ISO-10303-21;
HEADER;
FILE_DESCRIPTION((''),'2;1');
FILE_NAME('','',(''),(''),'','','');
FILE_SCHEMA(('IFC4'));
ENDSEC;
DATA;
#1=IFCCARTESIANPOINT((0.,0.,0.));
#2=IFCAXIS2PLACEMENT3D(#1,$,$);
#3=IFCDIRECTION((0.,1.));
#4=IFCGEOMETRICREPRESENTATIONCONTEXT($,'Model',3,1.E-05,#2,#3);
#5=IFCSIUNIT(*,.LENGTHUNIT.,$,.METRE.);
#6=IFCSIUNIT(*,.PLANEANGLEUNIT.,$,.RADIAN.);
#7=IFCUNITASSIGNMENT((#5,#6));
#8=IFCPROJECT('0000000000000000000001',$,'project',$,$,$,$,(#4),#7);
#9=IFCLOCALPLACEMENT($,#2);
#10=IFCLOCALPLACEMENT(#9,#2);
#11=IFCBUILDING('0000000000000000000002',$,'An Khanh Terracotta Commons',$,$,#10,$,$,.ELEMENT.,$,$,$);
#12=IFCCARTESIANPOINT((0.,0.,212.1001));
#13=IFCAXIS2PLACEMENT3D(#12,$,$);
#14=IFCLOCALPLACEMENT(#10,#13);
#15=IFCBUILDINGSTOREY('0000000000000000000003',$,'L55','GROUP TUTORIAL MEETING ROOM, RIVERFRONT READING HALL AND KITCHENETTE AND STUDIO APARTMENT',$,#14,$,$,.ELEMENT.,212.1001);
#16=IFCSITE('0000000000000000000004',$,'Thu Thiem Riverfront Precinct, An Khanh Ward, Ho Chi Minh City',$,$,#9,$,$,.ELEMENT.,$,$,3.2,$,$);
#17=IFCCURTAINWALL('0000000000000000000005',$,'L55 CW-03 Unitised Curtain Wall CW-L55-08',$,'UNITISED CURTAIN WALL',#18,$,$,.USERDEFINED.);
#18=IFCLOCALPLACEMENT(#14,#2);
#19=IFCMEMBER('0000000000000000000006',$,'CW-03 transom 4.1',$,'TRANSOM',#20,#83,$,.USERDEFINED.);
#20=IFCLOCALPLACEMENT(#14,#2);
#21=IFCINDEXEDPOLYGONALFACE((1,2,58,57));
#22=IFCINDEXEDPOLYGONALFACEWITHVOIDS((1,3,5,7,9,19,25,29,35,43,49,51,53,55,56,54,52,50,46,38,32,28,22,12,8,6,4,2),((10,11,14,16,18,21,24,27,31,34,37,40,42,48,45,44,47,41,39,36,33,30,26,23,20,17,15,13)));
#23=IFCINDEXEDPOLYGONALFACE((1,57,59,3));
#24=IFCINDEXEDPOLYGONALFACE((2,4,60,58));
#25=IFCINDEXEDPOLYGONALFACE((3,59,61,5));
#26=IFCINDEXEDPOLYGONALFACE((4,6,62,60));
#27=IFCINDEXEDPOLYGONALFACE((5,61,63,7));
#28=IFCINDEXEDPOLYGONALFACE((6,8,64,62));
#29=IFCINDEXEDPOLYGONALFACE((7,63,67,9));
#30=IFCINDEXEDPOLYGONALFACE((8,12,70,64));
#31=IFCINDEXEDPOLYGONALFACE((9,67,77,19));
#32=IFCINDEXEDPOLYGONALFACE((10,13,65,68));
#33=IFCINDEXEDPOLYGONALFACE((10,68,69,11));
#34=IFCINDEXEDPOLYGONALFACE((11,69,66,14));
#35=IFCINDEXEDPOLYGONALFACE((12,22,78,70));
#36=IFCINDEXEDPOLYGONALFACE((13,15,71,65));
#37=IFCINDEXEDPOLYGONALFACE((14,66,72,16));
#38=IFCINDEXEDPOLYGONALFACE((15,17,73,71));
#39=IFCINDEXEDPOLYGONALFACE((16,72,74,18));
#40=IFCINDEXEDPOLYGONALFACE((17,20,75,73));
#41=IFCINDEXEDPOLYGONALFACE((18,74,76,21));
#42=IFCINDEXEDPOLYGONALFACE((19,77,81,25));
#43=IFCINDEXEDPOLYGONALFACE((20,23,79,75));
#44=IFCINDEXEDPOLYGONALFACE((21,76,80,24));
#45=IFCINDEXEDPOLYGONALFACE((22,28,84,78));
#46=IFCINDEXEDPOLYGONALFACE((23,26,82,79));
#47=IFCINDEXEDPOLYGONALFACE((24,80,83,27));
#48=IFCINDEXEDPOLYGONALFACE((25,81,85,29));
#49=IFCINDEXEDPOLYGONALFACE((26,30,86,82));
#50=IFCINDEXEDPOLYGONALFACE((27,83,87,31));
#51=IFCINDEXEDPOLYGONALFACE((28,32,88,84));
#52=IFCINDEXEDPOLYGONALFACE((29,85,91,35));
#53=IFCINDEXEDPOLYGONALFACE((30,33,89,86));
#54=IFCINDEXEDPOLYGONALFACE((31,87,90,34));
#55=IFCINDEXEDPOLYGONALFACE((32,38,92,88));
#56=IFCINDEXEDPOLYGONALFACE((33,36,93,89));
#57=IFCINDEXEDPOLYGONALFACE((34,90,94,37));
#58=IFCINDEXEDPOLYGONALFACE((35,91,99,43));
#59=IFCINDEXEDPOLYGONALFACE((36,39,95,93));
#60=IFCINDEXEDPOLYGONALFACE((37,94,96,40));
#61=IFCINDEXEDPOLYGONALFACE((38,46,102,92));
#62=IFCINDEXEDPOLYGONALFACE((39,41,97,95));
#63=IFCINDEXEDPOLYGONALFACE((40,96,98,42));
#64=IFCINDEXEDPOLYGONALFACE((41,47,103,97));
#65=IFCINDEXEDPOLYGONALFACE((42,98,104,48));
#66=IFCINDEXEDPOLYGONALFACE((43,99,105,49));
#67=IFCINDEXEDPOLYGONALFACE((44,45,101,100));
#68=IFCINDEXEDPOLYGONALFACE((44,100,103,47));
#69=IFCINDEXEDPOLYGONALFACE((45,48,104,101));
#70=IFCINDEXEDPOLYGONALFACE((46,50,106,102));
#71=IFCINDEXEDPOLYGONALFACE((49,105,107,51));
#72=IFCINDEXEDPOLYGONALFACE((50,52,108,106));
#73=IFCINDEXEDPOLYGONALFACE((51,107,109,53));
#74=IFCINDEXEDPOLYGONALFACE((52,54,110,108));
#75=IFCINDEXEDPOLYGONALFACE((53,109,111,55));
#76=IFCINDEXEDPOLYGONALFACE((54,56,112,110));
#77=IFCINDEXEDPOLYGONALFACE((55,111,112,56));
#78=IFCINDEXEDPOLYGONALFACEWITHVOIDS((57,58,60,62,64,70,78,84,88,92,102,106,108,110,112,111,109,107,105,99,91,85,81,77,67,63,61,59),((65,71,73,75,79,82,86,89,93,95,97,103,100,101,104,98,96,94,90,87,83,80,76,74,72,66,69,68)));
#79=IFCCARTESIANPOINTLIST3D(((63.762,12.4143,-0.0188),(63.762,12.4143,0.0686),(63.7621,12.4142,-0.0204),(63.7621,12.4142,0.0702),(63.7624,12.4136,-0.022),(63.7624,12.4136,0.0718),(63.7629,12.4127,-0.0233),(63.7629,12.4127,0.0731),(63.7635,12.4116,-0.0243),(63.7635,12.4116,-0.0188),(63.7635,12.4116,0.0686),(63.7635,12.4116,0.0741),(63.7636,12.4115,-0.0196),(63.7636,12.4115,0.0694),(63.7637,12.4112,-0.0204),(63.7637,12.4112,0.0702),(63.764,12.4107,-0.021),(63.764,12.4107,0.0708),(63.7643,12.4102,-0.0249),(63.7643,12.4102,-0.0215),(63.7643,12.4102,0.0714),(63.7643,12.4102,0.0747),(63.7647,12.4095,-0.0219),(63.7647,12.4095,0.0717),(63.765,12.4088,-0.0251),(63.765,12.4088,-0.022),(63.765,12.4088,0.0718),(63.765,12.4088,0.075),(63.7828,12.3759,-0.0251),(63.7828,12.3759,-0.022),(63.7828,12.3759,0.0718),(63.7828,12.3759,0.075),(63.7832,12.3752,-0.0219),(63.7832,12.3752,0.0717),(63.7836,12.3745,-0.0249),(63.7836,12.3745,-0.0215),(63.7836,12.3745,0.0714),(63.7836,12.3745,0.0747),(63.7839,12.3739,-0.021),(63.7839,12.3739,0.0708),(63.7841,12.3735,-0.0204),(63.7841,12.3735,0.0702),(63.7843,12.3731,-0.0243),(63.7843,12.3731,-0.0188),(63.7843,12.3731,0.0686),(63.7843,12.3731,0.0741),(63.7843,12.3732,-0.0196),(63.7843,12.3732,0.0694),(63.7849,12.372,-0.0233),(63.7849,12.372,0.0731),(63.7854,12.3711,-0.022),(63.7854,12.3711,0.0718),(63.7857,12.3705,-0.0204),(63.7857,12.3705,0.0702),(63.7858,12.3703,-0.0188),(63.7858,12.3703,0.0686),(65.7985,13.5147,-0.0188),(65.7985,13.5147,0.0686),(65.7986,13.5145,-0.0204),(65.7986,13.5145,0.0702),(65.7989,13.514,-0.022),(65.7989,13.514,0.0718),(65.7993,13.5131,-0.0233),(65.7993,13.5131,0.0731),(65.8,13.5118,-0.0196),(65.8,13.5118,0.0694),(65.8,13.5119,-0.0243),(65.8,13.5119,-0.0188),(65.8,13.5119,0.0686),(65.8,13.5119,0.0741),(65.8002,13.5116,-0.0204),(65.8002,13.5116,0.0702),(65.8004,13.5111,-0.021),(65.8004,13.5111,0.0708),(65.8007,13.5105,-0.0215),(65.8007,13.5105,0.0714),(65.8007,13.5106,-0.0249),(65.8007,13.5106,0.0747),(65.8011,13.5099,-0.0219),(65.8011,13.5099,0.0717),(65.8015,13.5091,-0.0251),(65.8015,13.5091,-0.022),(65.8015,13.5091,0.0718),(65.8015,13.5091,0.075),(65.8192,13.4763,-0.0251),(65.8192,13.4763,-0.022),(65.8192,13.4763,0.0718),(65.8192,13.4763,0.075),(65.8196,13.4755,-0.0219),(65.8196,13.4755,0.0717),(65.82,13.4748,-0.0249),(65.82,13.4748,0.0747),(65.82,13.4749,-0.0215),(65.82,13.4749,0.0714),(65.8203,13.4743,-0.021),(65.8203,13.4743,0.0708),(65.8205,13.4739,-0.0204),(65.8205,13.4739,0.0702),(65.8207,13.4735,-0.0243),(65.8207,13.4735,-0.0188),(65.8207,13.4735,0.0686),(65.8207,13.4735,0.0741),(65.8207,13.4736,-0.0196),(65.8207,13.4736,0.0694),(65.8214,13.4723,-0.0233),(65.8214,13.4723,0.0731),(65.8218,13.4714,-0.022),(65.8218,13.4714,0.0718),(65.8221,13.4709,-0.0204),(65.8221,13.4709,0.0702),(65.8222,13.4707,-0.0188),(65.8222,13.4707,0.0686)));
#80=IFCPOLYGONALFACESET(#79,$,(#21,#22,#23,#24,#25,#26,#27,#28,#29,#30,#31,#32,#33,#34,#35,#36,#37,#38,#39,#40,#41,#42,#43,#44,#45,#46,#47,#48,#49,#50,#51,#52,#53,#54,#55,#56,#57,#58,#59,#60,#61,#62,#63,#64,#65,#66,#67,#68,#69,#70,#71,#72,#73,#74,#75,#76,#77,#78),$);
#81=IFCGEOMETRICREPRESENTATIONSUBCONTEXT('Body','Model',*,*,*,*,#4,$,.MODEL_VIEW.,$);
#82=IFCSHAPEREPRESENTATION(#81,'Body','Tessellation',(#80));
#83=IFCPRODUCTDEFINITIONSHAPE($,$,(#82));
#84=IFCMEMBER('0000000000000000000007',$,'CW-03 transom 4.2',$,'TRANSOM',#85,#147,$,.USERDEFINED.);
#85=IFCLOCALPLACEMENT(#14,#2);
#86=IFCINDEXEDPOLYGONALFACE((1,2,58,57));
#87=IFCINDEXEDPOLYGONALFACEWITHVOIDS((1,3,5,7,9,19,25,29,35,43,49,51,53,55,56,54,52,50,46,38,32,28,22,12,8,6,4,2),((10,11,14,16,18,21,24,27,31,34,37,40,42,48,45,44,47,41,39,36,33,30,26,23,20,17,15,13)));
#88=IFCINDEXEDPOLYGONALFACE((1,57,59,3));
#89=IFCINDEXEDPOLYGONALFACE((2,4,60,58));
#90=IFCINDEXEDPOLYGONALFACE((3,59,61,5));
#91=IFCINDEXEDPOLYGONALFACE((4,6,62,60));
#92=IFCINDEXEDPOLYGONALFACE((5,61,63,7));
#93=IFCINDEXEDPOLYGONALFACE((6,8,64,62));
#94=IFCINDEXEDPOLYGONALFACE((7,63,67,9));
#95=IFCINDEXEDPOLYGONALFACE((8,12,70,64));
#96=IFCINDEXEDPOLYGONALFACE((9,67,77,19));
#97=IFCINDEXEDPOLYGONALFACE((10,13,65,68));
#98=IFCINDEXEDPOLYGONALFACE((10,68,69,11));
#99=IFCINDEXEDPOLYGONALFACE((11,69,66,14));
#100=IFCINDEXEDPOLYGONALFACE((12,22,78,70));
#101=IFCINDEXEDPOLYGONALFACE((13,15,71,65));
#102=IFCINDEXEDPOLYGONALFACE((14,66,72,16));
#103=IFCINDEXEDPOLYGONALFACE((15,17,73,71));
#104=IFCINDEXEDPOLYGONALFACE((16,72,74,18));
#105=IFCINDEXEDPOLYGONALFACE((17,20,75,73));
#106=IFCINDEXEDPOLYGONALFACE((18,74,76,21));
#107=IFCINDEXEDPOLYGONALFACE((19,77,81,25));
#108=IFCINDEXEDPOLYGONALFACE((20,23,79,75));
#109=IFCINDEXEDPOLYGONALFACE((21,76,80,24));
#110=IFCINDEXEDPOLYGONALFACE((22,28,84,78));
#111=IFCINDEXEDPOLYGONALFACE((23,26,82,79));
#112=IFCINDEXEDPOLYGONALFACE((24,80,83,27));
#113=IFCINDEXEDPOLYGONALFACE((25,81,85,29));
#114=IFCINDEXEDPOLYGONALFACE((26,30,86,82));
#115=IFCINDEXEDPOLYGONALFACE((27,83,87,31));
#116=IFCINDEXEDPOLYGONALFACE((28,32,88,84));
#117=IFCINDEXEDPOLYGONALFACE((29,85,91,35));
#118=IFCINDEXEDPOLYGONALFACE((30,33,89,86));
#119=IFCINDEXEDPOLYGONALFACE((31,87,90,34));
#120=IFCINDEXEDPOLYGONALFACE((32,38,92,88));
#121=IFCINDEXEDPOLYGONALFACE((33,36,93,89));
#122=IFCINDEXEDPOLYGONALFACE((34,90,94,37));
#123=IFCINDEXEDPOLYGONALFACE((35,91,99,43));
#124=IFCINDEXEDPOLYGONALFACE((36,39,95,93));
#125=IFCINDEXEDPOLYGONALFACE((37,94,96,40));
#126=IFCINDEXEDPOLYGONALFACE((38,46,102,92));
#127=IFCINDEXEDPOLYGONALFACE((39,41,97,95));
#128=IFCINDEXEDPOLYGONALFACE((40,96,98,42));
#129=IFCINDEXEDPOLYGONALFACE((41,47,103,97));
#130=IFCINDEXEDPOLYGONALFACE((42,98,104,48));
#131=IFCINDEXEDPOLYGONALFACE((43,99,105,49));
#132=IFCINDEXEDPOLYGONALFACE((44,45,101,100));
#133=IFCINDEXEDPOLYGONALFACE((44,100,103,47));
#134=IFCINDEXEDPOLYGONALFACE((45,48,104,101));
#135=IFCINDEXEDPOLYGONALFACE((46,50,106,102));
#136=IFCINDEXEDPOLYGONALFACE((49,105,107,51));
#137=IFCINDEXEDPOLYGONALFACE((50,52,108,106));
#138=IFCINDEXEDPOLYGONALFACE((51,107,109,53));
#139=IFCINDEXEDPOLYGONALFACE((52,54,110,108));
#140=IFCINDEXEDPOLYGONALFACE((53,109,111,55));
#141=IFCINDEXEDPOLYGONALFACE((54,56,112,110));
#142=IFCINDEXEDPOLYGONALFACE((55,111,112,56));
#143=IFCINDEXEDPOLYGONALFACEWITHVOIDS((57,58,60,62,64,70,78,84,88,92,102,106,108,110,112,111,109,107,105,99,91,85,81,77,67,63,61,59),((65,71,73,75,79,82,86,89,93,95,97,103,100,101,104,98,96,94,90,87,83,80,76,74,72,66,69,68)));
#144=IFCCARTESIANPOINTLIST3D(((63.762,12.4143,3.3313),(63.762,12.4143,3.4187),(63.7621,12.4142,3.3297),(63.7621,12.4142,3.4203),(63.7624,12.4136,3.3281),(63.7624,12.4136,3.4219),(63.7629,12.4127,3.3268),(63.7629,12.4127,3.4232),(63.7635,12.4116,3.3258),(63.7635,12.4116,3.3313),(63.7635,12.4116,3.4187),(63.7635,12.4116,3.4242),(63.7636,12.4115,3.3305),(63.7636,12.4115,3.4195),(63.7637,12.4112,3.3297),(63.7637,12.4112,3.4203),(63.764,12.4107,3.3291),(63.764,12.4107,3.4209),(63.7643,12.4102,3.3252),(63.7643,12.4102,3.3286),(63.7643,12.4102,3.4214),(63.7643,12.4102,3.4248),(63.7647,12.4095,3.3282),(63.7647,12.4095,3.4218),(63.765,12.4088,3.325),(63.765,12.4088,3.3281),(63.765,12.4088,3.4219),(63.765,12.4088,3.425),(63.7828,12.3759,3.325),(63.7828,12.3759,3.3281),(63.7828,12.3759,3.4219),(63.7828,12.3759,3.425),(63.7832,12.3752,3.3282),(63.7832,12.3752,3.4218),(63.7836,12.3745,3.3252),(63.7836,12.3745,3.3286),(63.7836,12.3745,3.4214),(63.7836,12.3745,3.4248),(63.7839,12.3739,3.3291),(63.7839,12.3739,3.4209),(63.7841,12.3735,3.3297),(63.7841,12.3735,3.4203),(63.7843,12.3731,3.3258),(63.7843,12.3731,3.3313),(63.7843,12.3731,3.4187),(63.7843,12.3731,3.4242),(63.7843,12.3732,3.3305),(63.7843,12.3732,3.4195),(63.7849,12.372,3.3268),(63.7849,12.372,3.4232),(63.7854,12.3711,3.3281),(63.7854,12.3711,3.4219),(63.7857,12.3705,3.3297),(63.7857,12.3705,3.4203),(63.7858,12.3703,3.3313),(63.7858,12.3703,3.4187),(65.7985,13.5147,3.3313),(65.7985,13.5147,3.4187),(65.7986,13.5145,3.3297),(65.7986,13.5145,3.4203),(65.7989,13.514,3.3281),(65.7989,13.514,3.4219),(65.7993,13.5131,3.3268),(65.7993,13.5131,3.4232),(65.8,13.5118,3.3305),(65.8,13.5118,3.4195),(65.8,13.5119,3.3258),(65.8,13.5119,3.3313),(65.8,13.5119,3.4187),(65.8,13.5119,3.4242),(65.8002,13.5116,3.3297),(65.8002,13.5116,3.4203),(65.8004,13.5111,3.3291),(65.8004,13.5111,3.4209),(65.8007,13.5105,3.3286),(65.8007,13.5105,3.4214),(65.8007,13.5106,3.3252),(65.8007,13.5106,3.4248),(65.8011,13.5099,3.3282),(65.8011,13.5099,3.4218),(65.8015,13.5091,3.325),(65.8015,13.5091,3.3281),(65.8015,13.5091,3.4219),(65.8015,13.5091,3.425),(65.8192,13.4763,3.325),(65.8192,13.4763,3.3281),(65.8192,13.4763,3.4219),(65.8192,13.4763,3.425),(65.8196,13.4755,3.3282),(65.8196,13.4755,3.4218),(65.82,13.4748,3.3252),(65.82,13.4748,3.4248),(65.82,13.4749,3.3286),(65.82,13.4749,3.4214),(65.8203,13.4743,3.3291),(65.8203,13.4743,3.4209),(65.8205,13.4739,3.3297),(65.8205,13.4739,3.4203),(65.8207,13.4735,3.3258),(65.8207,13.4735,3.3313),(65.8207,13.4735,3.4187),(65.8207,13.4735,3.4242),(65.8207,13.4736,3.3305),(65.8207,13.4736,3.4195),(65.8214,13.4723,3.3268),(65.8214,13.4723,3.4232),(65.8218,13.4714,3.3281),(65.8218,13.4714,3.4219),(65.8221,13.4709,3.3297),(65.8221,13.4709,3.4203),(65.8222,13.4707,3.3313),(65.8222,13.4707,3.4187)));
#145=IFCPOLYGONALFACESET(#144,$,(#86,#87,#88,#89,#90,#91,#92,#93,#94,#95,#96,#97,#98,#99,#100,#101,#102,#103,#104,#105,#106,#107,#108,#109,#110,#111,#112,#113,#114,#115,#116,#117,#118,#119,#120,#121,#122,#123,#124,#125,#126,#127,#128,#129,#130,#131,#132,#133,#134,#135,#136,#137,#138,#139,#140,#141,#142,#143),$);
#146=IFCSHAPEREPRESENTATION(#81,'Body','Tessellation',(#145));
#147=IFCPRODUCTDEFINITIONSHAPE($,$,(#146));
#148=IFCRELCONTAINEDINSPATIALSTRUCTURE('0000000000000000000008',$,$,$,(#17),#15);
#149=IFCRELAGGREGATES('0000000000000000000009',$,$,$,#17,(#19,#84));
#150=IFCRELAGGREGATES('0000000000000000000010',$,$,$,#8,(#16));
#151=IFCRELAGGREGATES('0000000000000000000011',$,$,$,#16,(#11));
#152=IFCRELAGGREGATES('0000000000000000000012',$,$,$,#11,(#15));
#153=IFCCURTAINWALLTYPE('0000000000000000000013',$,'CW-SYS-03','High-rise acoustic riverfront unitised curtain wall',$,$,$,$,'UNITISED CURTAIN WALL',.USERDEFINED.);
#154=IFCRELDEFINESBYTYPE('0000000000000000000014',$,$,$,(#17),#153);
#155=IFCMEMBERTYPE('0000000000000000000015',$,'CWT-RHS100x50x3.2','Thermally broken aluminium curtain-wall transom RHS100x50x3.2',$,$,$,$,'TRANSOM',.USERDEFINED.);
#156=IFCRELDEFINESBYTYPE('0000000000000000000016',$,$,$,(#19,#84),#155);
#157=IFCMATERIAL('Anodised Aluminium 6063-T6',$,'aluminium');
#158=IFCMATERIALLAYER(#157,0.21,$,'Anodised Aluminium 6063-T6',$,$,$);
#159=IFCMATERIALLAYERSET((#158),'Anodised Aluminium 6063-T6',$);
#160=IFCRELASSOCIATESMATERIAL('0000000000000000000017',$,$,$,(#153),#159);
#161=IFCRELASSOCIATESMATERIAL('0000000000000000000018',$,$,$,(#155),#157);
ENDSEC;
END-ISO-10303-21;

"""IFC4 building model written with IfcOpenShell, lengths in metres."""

from ifc_helpers import new_model, si_unit, direction, frame, origin, origin_2d, place, context, subcontext, project, spatial, hollow_rectangle, extrude, material, layer, layer_set, material_profile, profile_set, type_object, element, aggregate, save


model = new_model("IFC4")

# Units and contexts
model_context = context("Model", 3, precision=1e-05, world=origin(), true_north=direction((0.0, 1.0)))
body_context = subcontext(model_context, "Body", "Model", "MODEL_VIEW")
ifc_project = project(units=[si_unit("LENGTHUNIT", "METRE"), si_unit("PLANEANGLEUNIT", "RADIAN")], contexts=[model_context])

# Site, building, storey
site_placement = place(None, origin())
site = spatial("IfcSite", under=ifc_project, at=site_placement, Name="Thu Thiem Riverfront Precinct, An Khanh Ward, Ho Chi Minh City", CompositionType="ELEMENT", RefElevation=3.2)
building_placement = place(site_placement, origin())
building = spatial("IfcBuilding", under=site, at=building_placement, Name="An Khanh Terracotta Commons", CompositionType="ELEMENT")
storey_placement = place(building_placement, frame((0.0, 0.0, 212.1001)))
storey = spatial("IfcBuildingStorey", under=building, at=storey_placement, Name="L55", Description="GROUP TUTORIAL MEETING ROOM, RIVERFRONT READING HALL AND KITCHENETTE AND STUDIO APARTMENT", CompositionType="ELEMENT", Elevation=212.1001)

# Curtain wall
ifc_material_1 = material(Name="Anodised Aluminium 6063-T6", Category="aluminium")
ifc_layer_1 = layer(ifc_material_1, 0.21, Name="Anodised Aluminium 6063-T6")
ifc_layer_set_1 = layer_set([ifc_layer_1], Name="Anodised Aluminium 6063-T6")
curtain_wall_type = type_object("IfcCurtainWallType", Name="CW-SYS-03", Description="High-rise acoustic riverfront unitised curtain wall", ElementType="UNITISED CURTAIN WALL", PredefinedType="USERDEFINED", material=ifc_layer_set_1)
curtain_wall_1_placement = place(storey_placement, origin())
curtain_wall_1 = element("IfcCurtainWall", 1, at=curtain_wall_1_placement, inside=storey, type_object=curtain_wall_type, Name="L55 CW-03 Unitised Curtain Wall CW-L55-08", ObjectType="UNITISED CURTAIN WALL", PredefinedType="USERDEFINED")

# Members
ifc_material_profile_1 = material_profile(ifc_material_1, hollow_rectangle(XDim=0.05, YDim=0.1001, WallThickness=0.0032, InnerFilletRadius=0.0032, OuterFilletRadius=0.0063, at=origin_2d()), Name="RHS100x50x3.2")
ifc_profile_set_1 = profile_set([ifc_material_profile_1], Name="Anodised Aluminium 6063-T6")
member_type_1 = type_object("IfcMemberType", Name="CWT-RHS100x50x3.2", Description="Thermally broken aluminium curtain-wall transom RHS100x50x3.2", ElementType="TRANSOM", PredefinedType="USERDEFINED", material=ifc_profile_set_1)
member_1_placement = place(storey_placement, frame((63.7739, 12.3923, 0.0249), z_axis=(0.879779, 0.475382, 0.0), x_axis=(-0.475382, 0.879779, 0.0)))
member_1 = element("IfcMember", 2, at=member_1_placement, type_object=member_type_1, Name="CW-03 transom 4.1", ObjectType="TRANSOM", PredefinedType="USERDEFINED", context=body_context, shape_type="SweptSolid", body=[
    extrude(hollow_rectangle(XDim=0.05, YDim=0.1001, WallThickness=0.0032, InnerFilletRadius=0.0032, OuterFilletRadius=0.0063, at=origin_2d()), origin(), (0.0, 0.0, 1.0), 2.3147),
])
member_2_placement = place(storey_placement, frame((63.7739, 12.3923, 3.375), z_axis=(0.879779, 0.475382, 0.0), x_axis=(-0.475382, 0.879779, 0.0)))
member_2 = element("IfcMember", 3, at=member_2_placement, type_object=member_type_1, Name="CW-03 transom 4.2", ObjectType="TRANSOM", PredefinedType="USERDEFINED", context=body_context, shape_type="SweptSolid", body=[
    extrude(hollow_rectangle(XDim=0.05, YDim=0.1001, WallThickness=0.0032, InnerFilletRadius=0.0032, OuterFilletRadius=0.0063, at=origin_2d()), origin(), (0.0, 0.0, 1.0), 2.3147),
])

aggregate(curtain_wall_1, [member_1, member_2])

save(model, "model.ifc")
